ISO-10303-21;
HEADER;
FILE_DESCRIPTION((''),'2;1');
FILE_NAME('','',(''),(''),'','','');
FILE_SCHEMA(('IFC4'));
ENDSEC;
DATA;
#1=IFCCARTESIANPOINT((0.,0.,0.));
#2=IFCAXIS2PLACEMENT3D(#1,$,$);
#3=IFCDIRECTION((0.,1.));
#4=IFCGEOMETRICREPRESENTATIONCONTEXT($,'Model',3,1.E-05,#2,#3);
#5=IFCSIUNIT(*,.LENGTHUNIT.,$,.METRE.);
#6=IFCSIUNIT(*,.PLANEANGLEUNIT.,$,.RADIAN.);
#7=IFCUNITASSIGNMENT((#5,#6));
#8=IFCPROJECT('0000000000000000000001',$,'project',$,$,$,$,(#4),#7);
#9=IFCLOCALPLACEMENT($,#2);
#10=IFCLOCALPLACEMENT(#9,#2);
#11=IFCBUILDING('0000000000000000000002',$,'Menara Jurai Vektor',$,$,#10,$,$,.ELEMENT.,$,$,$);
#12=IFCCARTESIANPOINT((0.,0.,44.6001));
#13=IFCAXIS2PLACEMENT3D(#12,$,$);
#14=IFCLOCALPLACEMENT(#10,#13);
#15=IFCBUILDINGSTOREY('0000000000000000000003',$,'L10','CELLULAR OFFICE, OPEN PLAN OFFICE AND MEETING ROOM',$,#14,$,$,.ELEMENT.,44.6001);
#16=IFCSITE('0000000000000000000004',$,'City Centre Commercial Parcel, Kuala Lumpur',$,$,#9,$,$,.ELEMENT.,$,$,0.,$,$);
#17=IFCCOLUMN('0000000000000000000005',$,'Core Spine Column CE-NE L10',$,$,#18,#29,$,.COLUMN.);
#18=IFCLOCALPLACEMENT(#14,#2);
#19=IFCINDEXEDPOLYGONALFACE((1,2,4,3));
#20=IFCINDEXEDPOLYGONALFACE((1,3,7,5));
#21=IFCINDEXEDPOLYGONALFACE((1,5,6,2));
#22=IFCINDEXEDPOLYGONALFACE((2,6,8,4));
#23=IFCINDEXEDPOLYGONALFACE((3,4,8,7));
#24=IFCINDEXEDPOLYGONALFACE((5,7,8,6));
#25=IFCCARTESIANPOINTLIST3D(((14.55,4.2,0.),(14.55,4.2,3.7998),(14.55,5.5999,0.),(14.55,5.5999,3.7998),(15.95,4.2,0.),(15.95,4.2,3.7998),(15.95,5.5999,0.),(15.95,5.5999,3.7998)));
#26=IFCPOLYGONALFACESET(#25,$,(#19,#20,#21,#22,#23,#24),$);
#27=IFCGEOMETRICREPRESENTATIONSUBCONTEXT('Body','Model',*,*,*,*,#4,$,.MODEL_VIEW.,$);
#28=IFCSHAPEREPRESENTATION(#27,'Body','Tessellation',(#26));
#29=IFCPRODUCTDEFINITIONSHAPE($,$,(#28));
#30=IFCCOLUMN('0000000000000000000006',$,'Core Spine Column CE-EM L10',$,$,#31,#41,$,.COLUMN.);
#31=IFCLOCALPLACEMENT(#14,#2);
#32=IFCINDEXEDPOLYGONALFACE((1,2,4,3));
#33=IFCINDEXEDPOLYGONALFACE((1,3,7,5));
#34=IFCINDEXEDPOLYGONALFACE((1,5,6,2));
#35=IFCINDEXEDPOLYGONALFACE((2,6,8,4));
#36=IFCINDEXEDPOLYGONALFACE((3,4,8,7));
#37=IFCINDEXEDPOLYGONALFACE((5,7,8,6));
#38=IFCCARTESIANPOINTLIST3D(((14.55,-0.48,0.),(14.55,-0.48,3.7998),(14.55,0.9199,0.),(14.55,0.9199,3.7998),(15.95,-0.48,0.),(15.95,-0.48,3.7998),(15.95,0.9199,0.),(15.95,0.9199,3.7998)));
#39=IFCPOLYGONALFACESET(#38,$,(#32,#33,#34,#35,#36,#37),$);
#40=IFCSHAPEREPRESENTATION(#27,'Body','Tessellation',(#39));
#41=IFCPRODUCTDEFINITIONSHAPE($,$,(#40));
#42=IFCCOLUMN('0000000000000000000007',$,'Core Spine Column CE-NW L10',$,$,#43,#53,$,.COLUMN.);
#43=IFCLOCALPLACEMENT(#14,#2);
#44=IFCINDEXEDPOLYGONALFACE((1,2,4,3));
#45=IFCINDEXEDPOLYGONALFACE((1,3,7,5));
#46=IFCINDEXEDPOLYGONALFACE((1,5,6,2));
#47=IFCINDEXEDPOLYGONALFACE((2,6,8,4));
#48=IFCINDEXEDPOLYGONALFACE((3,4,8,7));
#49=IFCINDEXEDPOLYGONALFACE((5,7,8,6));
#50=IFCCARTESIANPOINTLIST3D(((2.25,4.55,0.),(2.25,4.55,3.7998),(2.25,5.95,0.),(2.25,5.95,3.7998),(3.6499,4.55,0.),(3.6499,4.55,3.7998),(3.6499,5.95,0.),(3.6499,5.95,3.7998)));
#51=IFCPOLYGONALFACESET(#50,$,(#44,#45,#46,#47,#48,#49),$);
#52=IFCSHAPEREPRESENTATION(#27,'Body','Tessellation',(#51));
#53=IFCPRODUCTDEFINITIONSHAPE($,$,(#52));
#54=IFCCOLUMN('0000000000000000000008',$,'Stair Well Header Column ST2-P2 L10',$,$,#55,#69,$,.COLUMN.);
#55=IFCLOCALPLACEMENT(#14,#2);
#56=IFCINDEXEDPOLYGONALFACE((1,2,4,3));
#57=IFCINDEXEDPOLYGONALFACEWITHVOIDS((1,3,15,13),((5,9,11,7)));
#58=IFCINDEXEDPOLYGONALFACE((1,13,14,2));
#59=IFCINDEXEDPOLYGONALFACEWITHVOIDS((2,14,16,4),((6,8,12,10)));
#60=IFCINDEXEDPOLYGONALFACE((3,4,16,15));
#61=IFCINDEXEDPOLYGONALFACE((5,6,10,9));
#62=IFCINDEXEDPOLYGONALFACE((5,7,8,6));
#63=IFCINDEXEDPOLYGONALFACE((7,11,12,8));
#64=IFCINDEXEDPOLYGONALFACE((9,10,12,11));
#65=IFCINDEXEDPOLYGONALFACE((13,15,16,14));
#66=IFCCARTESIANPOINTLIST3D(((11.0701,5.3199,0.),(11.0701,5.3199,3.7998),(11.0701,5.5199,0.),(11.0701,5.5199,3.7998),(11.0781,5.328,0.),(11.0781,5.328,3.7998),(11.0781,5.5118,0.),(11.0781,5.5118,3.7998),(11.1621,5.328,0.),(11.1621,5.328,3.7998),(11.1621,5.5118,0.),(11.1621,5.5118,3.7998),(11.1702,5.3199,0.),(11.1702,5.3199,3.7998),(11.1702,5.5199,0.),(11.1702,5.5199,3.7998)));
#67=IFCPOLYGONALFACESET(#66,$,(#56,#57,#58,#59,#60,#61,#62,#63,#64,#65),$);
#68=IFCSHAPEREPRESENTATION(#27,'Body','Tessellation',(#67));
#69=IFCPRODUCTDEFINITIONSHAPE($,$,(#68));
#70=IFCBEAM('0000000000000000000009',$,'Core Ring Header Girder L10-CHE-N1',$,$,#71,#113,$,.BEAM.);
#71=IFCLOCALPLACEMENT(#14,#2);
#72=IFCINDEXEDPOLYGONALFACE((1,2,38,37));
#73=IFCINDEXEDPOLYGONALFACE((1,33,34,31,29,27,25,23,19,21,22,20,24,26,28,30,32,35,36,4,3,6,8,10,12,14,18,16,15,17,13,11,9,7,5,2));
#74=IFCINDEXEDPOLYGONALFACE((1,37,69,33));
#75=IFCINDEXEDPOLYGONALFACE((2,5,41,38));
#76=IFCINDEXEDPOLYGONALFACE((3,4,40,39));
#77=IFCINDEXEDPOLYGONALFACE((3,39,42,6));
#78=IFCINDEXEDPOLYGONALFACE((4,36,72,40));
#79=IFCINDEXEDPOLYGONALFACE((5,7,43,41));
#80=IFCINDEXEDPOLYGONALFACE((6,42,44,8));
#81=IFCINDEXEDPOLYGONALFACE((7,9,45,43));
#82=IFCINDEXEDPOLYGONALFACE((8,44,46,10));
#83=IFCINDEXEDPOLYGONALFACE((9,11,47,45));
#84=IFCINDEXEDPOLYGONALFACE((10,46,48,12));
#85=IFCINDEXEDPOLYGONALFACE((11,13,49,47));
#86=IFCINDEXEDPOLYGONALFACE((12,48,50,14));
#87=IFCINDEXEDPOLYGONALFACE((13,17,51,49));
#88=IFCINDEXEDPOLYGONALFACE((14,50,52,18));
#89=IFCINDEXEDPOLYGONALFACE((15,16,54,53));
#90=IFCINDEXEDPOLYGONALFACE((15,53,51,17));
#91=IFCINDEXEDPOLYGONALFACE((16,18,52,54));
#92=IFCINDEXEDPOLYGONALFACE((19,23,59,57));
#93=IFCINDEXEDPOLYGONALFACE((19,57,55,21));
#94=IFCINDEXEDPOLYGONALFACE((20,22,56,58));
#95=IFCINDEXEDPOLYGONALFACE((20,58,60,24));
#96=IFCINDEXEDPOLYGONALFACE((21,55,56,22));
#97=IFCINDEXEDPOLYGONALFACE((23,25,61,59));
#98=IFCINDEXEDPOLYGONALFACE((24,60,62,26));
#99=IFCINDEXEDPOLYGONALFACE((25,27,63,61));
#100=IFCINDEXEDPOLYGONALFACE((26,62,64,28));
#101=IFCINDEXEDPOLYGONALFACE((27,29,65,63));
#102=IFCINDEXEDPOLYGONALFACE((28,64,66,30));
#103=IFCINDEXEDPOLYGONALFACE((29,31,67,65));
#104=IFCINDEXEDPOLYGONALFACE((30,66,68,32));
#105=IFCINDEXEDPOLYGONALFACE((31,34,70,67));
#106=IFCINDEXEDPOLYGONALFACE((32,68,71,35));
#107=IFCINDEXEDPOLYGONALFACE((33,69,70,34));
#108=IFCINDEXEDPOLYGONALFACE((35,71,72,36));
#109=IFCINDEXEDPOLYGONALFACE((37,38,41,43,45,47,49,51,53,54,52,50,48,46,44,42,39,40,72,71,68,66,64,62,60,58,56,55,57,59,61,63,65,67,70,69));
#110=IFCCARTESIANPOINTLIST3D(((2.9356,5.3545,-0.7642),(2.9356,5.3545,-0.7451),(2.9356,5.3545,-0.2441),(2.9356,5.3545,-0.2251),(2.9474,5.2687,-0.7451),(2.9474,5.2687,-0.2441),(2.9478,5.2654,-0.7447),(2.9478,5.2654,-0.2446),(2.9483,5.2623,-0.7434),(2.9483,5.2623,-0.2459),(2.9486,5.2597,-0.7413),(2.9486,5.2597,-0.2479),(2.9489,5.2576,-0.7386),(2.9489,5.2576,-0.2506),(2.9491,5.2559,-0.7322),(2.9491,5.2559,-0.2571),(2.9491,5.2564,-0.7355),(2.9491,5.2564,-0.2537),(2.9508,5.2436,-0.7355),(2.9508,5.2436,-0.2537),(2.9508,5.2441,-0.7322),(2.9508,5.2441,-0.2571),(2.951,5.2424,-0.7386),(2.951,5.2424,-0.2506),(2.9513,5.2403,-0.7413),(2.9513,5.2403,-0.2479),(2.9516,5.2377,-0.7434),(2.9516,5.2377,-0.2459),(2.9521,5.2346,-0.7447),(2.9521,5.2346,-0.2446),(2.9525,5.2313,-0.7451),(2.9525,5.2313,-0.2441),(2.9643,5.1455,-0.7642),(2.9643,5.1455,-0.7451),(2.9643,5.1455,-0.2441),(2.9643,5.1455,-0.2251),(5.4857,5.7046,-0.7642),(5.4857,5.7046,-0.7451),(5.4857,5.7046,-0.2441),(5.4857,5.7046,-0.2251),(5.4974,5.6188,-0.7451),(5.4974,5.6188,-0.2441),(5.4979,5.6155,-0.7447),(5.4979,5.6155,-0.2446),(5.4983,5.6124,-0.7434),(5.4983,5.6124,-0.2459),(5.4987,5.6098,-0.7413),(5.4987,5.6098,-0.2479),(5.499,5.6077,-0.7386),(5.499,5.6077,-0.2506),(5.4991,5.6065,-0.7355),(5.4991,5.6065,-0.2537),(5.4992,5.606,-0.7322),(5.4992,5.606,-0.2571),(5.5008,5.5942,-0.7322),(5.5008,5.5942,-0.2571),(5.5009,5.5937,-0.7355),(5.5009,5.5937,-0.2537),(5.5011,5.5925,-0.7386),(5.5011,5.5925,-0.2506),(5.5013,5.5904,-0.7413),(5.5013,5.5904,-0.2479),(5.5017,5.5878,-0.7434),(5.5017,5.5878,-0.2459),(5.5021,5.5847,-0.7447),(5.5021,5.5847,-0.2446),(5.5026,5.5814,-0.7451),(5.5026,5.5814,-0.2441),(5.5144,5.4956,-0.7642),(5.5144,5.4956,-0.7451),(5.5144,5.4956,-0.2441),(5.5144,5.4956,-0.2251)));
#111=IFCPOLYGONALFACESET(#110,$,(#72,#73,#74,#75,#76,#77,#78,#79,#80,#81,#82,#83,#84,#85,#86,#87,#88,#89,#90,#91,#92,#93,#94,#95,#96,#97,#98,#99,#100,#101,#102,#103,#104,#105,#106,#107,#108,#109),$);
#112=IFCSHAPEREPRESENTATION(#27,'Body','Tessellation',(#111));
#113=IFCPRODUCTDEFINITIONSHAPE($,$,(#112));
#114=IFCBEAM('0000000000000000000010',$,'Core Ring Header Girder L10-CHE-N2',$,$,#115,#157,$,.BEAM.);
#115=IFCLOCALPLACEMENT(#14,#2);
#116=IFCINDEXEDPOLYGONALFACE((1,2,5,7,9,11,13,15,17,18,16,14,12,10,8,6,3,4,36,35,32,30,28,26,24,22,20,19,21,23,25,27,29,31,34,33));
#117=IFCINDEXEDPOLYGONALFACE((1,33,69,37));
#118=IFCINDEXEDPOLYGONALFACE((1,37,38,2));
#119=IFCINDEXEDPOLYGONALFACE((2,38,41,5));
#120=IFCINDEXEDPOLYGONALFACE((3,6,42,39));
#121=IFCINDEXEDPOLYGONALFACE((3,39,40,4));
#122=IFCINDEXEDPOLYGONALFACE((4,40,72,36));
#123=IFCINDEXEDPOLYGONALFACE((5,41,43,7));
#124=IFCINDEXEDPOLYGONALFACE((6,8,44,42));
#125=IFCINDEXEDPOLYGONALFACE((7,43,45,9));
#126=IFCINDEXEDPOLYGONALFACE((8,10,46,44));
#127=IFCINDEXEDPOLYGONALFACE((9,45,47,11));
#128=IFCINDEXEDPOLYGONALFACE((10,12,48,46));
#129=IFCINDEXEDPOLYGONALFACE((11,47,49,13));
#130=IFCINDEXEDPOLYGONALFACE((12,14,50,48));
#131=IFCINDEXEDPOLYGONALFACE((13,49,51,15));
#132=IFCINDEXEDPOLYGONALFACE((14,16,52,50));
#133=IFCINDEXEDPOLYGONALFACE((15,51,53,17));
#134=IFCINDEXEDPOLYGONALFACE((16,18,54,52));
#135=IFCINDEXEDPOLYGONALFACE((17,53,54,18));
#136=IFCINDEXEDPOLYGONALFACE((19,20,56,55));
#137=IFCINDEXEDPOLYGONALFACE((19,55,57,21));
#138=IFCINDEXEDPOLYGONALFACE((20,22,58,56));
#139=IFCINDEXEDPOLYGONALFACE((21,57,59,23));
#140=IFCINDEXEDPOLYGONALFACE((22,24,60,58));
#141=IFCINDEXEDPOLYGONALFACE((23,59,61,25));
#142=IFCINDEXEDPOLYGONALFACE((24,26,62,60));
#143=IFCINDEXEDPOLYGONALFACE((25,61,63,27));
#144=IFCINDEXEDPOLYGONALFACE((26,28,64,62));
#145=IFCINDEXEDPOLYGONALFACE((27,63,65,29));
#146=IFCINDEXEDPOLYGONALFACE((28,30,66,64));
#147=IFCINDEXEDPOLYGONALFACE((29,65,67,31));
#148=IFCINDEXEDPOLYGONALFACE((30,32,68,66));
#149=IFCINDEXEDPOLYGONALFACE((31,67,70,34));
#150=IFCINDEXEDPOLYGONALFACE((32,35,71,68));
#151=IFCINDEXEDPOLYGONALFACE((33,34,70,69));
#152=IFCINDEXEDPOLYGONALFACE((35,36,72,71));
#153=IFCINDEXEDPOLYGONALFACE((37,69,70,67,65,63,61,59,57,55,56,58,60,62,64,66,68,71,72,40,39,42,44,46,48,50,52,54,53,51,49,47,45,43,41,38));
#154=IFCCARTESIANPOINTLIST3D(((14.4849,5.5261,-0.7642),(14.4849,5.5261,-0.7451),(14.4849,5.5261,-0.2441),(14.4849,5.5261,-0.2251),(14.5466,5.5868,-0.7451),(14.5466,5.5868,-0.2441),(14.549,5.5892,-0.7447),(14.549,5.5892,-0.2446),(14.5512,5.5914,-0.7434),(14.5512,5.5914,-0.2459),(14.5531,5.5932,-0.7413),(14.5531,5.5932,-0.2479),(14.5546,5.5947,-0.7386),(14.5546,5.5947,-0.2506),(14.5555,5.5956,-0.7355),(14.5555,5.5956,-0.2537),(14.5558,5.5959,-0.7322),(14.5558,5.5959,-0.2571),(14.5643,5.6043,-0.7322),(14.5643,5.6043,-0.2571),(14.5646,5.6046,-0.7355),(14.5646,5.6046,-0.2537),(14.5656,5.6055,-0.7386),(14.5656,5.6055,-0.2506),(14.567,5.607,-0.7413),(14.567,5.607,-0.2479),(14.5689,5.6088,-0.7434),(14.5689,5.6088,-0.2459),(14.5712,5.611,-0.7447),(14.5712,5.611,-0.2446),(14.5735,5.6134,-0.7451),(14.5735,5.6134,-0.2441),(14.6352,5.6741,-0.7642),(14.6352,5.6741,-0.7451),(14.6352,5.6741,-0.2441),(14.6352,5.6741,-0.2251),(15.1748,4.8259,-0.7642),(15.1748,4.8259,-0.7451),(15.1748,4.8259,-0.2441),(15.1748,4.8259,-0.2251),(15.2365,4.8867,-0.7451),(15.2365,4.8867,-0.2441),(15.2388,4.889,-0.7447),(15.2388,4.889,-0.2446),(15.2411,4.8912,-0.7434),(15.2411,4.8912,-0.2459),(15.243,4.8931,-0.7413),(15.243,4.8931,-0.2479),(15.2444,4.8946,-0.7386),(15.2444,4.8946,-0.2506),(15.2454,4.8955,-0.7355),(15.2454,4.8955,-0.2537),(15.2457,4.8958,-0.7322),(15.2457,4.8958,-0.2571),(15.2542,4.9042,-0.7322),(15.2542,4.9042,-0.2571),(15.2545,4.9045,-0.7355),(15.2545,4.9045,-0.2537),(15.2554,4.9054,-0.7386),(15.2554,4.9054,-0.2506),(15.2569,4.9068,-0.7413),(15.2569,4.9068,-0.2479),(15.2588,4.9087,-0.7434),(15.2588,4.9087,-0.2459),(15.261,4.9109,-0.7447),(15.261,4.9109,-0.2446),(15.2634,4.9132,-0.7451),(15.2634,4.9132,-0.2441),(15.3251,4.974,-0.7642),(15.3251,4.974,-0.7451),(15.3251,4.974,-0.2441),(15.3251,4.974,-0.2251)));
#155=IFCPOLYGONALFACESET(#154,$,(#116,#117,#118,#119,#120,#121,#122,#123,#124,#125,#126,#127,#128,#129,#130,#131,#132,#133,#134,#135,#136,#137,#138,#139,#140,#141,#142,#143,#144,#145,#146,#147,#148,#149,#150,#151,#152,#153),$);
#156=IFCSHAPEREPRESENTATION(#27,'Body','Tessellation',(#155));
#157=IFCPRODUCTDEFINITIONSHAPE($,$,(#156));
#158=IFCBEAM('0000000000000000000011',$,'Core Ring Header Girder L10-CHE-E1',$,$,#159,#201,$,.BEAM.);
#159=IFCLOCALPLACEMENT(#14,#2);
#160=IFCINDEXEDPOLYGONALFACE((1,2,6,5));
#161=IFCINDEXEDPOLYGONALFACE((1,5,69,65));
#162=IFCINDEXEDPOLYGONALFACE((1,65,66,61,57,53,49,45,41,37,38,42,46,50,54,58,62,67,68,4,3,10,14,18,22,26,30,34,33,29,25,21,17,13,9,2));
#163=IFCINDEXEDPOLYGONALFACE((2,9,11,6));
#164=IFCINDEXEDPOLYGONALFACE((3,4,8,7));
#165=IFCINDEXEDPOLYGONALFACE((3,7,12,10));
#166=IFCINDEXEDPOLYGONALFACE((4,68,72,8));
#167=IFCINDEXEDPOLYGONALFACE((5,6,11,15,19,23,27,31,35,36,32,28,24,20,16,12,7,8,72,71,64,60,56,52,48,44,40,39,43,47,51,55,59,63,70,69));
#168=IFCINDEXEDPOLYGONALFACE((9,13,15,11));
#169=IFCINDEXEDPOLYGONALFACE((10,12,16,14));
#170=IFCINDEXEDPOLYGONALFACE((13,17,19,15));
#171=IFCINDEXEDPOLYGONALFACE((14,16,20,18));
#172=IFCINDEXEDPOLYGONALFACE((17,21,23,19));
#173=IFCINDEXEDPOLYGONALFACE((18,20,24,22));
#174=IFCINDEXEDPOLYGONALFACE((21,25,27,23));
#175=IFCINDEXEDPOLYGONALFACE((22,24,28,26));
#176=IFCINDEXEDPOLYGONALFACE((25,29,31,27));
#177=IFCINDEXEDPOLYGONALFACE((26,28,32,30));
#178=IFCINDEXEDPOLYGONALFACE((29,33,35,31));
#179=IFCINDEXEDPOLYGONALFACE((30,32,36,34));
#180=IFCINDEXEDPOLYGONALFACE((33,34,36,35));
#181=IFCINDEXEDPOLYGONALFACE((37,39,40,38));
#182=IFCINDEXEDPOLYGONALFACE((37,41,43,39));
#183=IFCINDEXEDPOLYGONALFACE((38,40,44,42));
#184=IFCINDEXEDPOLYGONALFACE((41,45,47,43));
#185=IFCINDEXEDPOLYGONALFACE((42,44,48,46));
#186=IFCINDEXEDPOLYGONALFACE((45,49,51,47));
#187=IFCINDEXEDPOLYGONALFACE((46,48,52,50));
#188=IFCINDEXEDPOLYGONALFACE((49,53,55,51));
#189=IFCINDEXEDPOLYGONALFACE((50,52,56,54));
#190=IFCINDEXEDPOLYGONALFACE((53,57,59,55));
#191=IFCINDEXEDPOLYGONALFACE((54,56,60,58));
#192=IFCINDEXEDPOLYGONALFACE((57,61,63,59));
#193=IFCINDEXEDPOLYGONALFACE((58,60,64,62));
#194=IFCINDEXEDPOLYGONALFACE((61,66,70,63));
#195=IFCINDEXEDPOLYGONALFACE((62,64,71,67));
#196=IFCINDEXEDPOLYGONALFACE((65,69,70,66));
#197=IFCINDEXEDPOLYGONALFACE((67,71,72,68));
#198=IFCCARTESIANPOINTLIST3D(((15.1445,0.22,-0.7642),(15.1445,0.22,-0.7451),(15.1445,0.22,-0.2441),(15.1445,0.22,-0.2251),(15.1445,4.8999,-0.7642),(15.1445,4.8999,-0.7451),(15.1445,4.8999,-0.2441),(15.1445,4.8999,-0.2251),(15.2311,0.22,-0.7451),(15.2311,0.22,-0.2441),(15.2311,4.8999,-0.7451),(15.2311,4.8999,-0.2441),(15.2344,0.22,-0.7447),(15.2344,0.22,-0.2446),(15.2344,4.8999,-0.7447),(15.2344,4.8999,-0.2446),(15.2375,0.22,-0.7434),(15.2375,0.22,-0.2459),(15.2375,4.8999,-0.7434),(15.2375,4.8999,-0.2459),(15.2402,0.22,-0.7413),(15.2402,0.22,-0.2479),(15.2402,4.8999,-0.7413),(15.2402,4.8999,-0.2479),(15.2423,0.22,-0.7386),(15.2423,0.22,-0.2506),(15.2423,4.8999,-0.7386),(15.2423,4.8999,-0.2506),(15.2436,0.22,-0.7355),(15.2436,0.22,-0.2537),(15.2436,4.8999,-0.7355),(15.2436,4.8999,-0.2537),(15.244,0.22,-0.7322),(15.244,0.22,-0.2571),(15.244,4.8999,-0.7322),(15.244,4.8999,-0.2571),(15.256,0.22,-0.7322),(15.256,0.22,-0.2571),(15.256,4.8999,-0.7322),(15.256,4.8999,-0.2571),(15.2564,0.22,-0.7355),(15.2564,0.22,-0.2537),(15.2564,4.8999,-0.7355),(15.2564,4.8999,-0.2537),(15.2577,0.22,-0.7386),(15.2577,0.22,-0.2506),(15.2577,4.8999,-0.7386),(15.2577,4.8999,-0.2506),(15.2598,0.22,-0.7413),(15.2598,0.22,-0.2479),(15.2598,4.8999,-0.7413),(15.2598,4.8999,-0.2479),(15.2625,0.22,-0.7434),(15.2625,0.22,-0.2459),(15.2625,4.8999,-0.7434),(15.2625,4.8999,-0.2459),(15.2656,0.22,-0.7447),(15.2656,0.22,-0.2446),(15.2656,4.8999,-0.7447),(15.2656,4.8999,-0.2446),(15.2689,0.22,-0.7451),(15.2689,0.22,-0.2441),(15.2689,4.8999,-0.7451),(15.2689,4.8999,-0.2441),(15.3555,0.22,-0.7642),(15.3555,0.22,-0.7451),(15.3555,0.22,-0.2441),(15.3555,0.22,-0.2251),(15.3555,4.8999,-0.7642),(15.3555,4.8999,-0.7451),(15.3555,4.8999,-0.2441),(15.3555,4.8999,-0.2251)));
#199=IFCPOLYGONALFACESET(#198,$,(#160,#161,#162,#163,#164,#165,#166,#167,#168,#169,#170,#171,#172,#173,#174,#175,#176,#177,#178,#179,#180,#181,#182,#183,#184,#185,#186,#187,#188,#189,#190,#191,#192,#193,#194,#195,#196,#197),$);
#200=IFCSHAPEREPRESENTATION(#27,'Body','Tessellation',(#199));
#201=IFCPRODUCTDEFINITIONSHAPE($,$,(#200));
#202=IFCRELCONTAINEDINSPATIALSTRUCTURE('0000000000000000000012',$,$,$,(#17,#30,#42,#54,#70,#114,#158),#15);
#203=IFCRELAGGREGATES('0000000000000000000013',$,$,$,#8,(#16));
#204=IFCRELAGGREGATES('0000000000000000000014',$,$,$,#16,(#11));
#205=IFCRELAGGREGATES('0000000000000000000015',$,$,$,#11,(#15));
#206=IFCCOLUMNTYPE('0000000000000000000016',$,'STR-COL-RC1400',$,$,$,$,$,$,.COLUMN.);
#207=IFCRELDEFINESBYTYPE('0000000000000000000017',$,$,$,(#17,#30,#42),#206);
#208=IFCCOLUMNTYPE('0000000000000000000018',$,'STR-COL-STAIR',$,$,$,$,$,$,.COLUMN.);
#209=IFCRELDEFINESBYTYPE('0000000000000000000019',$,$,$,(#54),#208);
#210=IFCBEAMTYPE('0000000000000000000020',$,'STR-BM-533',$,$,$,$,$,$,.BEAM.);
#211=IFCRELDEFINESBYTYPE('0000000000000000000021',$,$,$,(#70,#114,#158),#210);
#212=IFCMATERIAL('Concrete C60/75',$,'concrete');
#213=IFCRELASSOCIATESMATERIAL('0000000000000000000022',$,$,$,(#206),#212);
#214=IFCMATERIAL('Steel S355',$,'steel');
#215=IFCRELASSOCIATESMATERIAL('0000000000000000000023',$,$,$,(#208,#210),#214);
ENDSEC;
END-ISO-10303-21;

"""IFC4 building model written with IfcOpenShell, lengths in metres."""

from ifc_helpers import new_model, si_unit, direction, frame, origin, origin_2d, place, context, subcontext, project, spatial, rectangle, hollow_rectangle, i_section, extrude, material, material_profile, profile_set, type_object, element, save


model = new_model("IFC4")

# Units and contexts
model_context = context("Model", 3, precision=1e-05, world=origin(), true_north=direction((0.0, 1.0)))
body_context = subcontext(model_context, "Body", "Model", "MODEL_VIEW")
ifc_project = project(units=[si_unit("LENGTHUNIT", "METRE"), si_unit("PLANEANGLEUNIT", "RADIAN")], contexts=[model_context])

# Site, building, storey
site_placement = place(None, origin())
site = spatial("IfcSite", under=ifc_project, at=site_placement, Name="City Centre Commercial Parcel, Kuala Lumpur", CompositionType="ELEMENT", RefElevation=0.0)
building_placement = place(site_placement, origin())
building = spatial("IfcBuilding", under=site, at=building_placement, Name="Menara Jurai Vektor", CompositionType="ELEMENT")
storey_placement = place(building_placement, frame((0.0, 0.0, 44.6001)))
storey = spatial("IfcBuildingStorey", under=building, at=storey_placement, Name="L10", Description="CELLULAR OFFICE, OPEN PLAN OFFICE AND MEETING ROOM", CompositionType="ELEMENT", Elevation=44.6001)

# Columns
ifc_material_1 = material(Name="Concrete C60/75", Category="concrete")
ifc_material_profile_1 = material_profile(ifc_material_1, rectangle(XDim=1.3999, YDim=1.3999, at=origin_2d()), Name="RC 1400x1400")
ifc_profile_set_1 = profile_set([ifc_material_profile_1], Name="Concrete C60/75")
column_type_1 = type_object("IfcColumnType", Name="STR-COL-RC1400", PredefinedType="COLUMN", material=ifc_profile_set_1)
for number, where, z_axis, x_axis, name in (
    (1, (15.25, 4.8999, 0.0), (0.0, 0.0, 1.0), (1.0, 0.0, 0.0), "Core Spine Column CE-NE L10"),
    (2, (15.25, 0.22, 0.0), (0.0, 0.0, 1.0), (1.0, 0.0, 0.0), "Core Spine Column CE-EM L10"),
    (3, (2.95, 5.25, 0.0), (0.0, 0.0, 1.0), (1.0, 0.0, 0.0), "Core Spine Column CE-NW L10"),
):
    element("IfcColumn", number, at=place(storey_placement, frame(where, z_axis=z_axis, x_axis=x_axis)), inside=storey, type_object=column_type_1, Name=name, PredefinedType="COLUMN", context=body_context, shape_type="SweptSolid", body=[
        extrude(rectangle(XDim=1.3999, YDim=1.3999, at=origin_2d()), origin(), (0.0, 0.0, 1.0), 3.7998),
    ])
ifc_material_2 = material(Name="Steel S355", Category="steel")
ifc_material_profile_2 = material_profile(ifc_material_2, hollow_rectangle(XDim=0.1001, YDim=0.2, WallThickness=0.0081, at=origin_2d()), Name="RHS 200x100x8")
ifc_profile_set_2 = profile_set([ifc_material_profile_2], Name="Steel S355")
column_type_2 = type_object("IfcColumnType", Name="STR-COL-STAIR", PredefinedType="COLUMN", material=ifc_profile_set_2)
column_placement = place(storey_placement, frame((11.1201, 5.4199, 0.0), z_axis=(0.0, 0.0, 1.0), x_axis=(1.0, 0.0, 0.0)))
element("IfcColumn", 4, at=column_placement, inside=storey, type_object=column_type_2, Name="Stair Well Header Column ST2-P2 L10", PredefinedType="COLUMN", context=body_context, shape_type="SweptSolid", body=[
    extrude(hollow_rectangle(XDim=0.1001, YDim=0.2, WallThickness=0.0081, at=origin_2d()), origin(), (0.0, 0.0, 1.0), 3.7998),
])

# Beams
ifc_material_profile_3 = material_profile(ifc_material_2, i_section(OverallWidth=0.2109, OverallDepth=0.5391, WebThickness=0.012, FlangeThickness=0.019, FilletRadius=0.0129, at=origin_2d()), Name="UKB 533x210x109")
ifc_profile_set_3 = profile_set([ifc_material_profile_3], Name="Steel S355")
beam_type_1 = type_object("IfcBeamType", Name="STR-BM-533", PredefinedType="BEAM", material=ifc_profile_set_3)
beam_1_placement = place(storey_placement, frame((2.95, 5.25, -0.4946), z_axis=(0.990707, 0.136015, 0.0), x_axis=(-0.136015, 0.990707, 0.0)))
element("IfcBeam", 5, at=beam_1_placement, inside=storey, type_object=beam_type_1, Name="Core Ring Header Girder L10-CHE-N1", PredefinedType="BEAM", context=body_context, shape_type="SweptSolid", body=[
    extrude(i_section(OverallWidth=0.2109, OverallDepth=0.5391, WebThickness=0.012, FlangeThickness=0.019, FilletRadius=0.0129, at=origin_2d()), origin(), (0.0, 0.0, 1.0), 2.574),
])
beam_2_placement = place(storey_placement, frame((14.5601, 5.6001, -0.4946), z_axis=(0.701872, -0.712303, 0.0), x_axis=(0.712303, 0.701872, 0.0)))
element("IfcBeam", 6, at=beam_2_placement, inside=storey, type_object=beam_type_1, Name="Core Ring Header Girder L10-CHE-N2", PredefinedType="BEAM", context=body_context, shape_type="SweptSolid", body=[
    extrude(i_section(OverallWidth=0.2109, OverallDepth=0.5391, WebThickness=0.012, FlangeThickness=0.019, FilletRadius=0.0129, at=origin_2d()), origin(), (0.0, 0.0, 1.0), 0.9829),
])
beam_3_placement = place(storey_placement, frame((15.25, 0.22, -0.4946), z_axis=(0.0, 1.0, 0.0), x_axis=(-1.0, 0.0, 0.0)))
element("IfcBeam", 7, at=beam_3_placement, inside=storey, type_object=beam_type_1, Name="Core Ring Header Girder L10-CHE-E1", PredefinedType="BEAM", context=body_context, shape_type="SweptSolid", body=[
    extrude(i_section(OverallWidth=0.2109, OverallDepth=0.5391, WebThickness=0.012, FlangeThickness=0.019, FilletRadius=0.0129, at=origin_2d()), origin(), (0.0, 0.0, 1.0), 4.6799),
])

save(model, "model.ifc")
